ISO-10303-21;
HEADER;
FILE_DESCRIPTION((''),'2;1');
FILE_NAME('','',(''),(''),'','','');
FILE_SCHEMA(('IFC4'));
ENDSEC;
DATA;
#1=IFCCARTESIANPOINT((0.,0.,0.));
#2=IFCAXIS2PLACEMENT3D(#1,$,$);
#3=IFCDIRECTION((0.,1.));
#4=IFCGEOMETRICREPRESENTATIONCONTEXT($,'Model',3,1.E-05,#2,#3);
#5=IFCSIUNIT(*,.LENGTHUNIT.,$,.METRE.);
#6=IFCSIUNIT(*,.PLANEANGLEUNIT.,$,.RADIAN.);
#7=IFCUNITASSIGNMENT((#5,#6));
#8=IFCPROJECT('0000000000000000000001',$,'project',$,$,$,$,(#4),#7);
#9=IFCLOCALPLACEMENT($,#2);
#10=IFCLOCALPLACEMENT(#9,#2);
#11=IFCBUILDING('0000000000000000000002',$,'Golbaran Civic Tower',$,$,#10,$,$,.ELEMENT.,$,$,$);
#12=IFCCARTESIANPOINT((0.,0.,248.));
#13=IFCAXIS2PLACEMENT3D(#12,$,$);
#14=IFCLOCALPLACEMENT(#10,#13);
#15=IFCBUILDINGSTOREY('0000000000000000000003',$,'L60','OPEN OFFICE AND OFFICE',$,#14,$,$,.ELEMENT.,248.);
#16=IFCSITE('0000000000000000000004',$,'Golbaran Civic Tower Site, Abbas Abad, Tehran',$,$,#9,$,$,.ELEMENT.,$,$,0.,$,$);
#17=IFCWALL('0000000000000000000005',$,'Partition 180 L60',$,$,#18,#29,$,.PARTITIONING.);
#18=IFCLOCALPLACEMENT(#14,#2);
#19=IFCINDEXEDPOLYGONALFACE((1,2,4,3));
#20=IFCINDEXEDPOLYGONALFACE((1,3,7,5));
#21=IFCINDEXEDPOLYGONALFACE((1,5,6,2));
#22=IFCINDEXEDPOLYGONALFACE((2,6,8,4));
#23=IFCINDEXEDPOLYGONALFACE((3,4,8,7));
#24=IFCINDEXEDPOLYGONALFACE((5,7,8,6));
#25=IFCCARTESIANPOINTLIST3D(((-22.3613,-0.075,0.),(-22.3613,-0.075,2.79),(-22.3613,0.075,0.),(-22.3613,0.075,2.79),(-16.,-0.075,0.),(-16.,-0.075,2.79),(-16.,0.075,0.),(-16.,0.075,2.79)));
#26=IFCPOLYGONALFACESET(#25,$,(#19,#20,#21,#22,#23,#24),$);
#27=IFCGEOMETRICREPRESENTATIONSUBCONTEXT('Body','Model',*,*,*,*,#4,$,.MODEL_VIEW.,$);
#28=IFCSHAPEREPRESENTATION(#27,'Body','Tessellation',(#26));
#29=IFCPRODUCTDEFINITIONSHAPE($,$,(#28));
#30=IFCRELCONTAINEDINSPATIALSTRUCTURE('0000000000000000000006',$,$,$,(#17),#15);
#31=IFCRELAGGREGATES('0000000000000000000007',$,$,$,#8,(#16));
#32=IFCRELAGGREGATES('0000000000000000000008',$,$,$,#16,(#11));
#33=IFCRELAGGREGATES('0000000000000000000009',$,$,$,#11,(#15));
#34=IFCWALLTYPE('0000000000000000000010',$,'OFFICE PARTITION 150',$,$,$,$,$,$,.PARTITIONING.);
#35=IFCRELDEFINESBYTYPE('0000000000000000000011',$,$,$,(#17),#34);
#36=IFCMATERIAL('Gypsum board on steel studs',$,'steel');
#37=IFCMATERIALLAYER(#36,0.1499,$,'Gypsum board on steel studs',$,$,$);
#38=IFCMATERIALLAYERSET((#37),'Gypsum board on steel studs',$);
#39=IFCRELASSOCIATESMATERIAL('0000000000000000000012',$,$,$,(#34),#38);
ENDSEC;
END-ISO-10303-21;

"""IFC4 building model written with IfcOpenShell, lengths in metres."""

from ifc_helpers import new_model, si_unit, direction, frame, frame_2d, origin, place, context, subcontext, project, spatial, rectangle, extrude, material, layer, layer_set, type_object, element, save


model = new_model("IFC4")

# Units and contexts
model_context = context("Model", 3, precision=1e-05, world=origin(), true_north=direction((0.0, 1.0)))
body_context = subcontext(model_context, "Body", "Model", "MODEL_VIEW")
ifc_project = project(units=[si_unit("LENGTHUNIT", "METRE"), si_unit("PLANEANGLEUNIT", "RADIAN")], contexts=[model_context])

# Site, building, storey
site_placement = place(None, origin())
site = spatial("IfcSite", under=ifc_project, at=site_placement, Name="Golbaran Civic Tower Site, Abbas Abad, Tehran", CompositionType="ELEMENT", RefElevation=0.0)
building_placement = place(site_placement, origin())
building = spatial("IfcBuilding", under=site, at=building_placement, Name="Golbaran Civic Tower", CompositionType="ELEMENT")
storey_placement = place(building_placement, frame((0.0, 0.0, 248.0)))
storey = spatial("IfcBuildingStorey", under=building, at=storey_placement, Name="L60", Description="OPEN OFFICE AND OFFICE", CompositionType="ELEMENT", Elevation=248.0)

# Shared definitions
ifc_material_1 = material(Name="Gypsum board on steel studs", Category="steel")
ifc_layer_1 = layer(ifc_material_1, 0.1499, Name="Gypsum board on steel studs")
ifc_layer_set_1 = layer_set([ifc_layer_1], Name="Gypsum board on steel studs")
wall_type = type_object("IfcWallType", Name="OFFICE PARTITION 150", PredefinedType="PARTITIONING", material=ifc_layer_set_1)

# Wall
wall_1_placement = place(storey_placement, frame((-16.0, 0.0, 0.0), z_axis=(0.0, 0.0, 1.0), x_axis=(-1.0, 0.0, 0.0)))
element("IfcWall", 1, at=wall_1_placement, inside=storey, type_object=wall_type, Name="Partition 180 L60", PredefinedType="PARTITIONING", context=body_context, shape_type="SweptSolid", body=[
    extrude(rectangle(XDim=6.3613, YDim=0.1499, at=frame_2d((3.1807, 0.0))), origin(), (0.0, 0.0, 1.0), 2.79),
])

save(model, "model.ifc")
